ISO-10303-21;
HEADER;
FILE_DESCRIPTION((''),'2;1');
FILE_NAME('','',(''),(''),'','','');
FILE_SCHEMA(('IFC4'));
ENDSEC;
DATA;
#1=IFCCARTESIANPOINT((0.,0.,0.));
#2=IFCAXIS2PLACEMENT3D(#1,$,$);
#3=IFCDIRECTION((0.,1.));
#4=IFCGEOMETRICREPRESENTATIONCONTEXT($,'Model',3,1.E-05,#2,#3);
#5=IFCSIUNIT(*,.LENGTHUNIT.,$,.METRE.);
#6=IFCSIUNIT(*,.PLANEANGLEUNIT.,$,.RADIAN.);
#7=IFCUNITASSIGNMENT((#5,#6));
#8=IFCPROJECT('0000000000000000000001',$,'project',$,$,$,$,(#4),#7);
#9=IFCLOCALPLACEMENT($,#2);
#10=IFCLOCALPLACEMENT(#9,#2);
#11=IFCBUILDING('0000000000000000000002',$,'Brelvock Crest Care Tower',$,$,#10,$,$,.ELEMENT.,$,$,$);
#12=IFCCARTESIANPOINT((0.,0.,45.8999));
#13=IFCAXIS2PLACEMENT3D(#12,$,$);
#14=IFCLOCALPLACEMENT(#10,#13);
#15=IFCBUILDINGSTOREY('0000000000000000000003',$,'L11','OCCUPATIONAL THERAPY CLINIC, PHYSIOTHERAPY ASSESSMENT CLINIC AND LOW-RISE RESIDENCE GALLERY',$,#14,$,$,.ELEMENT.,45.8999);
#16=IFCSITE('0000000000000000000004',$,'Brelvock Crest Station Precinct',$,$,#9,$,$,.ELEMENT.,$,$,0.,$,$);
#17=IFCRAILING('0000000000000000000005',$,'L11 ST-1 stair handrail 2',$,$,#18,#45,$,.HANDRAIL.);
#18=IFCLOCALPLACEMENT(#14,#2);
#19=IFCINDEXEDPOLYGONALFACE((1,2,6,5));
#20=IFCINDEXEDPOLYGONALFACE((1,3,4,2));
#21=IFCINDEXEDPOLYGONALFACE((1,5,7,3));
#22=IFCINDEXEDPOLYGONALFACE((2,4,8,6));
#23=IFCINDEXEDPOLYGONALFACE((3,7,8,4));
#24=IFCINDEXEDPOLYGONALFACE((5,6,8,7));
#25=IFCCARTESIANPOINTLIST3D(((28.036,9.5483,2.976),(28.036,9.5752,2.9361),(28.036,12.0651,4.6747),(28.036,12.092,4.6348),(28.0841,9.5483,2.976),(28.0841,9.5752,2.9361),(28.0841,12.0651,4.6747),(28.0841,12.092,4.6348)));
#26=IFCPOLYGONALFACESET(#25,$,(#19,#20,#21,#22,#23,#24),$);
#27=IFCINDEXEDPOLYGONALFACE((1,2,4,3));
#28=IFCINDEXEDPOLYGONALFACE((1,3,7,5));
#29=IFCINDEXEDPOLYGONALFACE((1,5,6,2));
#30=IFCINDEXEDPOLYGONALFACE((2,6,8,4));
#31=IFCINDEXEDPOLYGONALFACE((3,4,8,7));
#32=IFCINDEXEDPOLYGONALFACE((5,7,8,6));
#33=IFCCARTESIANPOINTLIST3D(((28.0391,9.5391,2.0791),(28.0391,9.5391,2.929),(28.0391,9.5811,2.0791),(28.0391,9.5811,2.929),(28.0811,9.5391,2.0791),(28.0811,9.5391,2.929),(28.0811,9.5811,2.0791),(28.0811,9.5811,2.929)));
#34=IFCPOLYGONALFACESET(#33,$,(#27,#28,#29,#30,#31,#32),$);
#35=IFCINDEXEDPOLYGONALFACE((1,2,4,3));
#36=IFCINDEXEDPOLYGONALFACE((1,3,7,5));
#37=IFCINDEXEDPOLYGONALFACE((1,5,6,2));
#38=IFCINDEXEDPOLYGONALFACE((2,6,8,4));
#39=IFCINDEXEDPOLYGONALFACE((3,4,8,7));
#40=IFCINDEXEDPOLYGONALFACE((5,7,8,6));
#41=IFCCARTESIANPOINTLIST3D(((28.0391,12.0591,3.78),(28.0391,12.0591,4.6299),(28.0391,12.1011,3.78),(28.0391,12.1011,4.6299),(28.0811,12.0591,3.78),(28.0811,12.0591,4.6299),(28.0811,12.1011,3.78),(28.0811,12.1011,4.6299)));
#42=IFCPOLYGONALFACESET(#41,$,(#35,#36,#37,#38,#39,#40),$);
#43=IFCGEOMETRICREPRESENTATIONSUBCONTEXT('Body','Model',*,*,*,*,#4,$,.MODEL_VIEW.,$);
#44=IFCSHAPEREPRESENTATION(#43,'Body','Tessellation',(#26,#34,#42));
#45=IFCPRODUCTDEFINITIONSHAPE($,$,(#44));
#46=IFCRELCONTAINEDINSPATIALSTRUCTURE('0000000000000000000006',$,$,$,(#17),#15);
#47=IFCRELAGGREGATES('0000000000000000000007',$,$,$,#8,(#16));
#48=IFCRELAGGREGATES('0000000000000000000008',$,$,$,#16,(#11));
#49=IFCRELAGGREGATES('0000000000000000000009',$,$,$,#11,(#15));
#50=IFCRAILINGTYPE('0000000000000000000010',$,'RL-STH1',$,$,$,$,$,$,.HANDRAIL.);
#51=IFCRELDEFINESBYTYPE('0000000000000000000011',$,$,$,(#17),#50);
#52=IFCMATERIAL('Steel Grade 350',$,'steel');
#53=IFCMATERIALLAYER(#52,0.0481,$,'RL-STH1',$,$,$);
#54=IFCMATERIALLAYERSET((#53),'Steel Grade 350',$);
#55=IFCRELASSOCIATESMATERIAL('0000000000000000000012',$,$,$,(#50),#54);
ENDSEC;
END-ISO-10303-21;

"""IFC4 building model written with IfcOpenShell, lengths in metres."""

from ifc_helpers import new_model, si_unit, direction, frame, origin, origin_2d, place, context, subcontext, project, spatial, rectangle, extrude, material, layer, layer_set, type_object, element, save


model = new_model("IFC4")

# Units and contexts
model_context = context("Model", 3, precision=1e-05, world=origin(), true_north=direction((0.0, 1.0)))
body_context = subcontext(model_context, "Body", "Model", "MODEL_VIEW")
ifc_project = project(units=[si_unit("LENGTHUNIT", "METRE"), si_unit("PLANEANGLEUNIT", "RADIAN")], contexts=[model_context])

# Site, building, storey
site_placement = place(None, origin())
site = spatial("IfcSite", under=ifc_project, at=site_placement, Name="Brelvock Crest Station Precinct", CompositionType="ELEMENT", RefElevation=0.0)
building_placement = place(site_placement, origin())
building = spatial("IfcBuilding", under=site, at=building_placement, Name="Brelvock Crest Care Tower", CompositionType="ELEMENT")
storey_placement = place(building_placement, frame((0.0, 0.0, 45.8999)))
storey = spatial("IfcBuildingStorey", under=building, at=storey_placement, Name="L11", Description="OCCUPATIONAL THERAPY CLINIC, PHYSIOTHERAPY ASSESSMENT CLINIC AND LOW-RISE RESIDENCE GALLERY", CompositionType="ELEMENT", Elevation=45.8999)

# Shared definitions
ifc_material_1 = material(Name="Steel Grade 350", Category="steel")

# Railing
ifc_layer_1 = layer(ifc_material_1, 0.0481, Name="RL-STH1")
ifc_layer_set_1 = layer_set([ifc_layer_1], Name="Steel Grade 350")
railing_type_1 = type_object("IfcRailingType", Name="RL-STH1", PredefinedType="HANDRAIL", material=ifc_layer_set_1)
railing_1_placement = place(storey_placement, frame((28.0601, 9.5601, 2.0791)))
element("IfcRailing", 1, at=railing_1_placement, inside=storey, type_object=railing_type_1, Name="L11 ST-1 stair handrail 2", PredefinedType="HANDRAIL", context=body_context, shape_type="SweptSolid", body=[
    extrude(rectangle(XDim=0.0481, YDim=0.0481, at=origin_2d()), frame((0.0, 0.0017, 0.877), z_axis=(0.0, 0.828862, 0.559454), x_axis=(-1.0, 0.0, 0.0)), (0.0, 0.0, 1.0), 3.0364),
    extrude(rectangle(XDim=0.042, YDim=0.042, at=origin_2d()), origin(), (0.0, 0.0, 1.0), 0.8499),
    extrude(rectangle(XDim=0.042, YDim=0.042, at=origin_2d()), frame((0.0, 2.52, 1.7009)), (0.0, 0.0, 1.0), 0.8499),
])

save(model, "model.ifc")
